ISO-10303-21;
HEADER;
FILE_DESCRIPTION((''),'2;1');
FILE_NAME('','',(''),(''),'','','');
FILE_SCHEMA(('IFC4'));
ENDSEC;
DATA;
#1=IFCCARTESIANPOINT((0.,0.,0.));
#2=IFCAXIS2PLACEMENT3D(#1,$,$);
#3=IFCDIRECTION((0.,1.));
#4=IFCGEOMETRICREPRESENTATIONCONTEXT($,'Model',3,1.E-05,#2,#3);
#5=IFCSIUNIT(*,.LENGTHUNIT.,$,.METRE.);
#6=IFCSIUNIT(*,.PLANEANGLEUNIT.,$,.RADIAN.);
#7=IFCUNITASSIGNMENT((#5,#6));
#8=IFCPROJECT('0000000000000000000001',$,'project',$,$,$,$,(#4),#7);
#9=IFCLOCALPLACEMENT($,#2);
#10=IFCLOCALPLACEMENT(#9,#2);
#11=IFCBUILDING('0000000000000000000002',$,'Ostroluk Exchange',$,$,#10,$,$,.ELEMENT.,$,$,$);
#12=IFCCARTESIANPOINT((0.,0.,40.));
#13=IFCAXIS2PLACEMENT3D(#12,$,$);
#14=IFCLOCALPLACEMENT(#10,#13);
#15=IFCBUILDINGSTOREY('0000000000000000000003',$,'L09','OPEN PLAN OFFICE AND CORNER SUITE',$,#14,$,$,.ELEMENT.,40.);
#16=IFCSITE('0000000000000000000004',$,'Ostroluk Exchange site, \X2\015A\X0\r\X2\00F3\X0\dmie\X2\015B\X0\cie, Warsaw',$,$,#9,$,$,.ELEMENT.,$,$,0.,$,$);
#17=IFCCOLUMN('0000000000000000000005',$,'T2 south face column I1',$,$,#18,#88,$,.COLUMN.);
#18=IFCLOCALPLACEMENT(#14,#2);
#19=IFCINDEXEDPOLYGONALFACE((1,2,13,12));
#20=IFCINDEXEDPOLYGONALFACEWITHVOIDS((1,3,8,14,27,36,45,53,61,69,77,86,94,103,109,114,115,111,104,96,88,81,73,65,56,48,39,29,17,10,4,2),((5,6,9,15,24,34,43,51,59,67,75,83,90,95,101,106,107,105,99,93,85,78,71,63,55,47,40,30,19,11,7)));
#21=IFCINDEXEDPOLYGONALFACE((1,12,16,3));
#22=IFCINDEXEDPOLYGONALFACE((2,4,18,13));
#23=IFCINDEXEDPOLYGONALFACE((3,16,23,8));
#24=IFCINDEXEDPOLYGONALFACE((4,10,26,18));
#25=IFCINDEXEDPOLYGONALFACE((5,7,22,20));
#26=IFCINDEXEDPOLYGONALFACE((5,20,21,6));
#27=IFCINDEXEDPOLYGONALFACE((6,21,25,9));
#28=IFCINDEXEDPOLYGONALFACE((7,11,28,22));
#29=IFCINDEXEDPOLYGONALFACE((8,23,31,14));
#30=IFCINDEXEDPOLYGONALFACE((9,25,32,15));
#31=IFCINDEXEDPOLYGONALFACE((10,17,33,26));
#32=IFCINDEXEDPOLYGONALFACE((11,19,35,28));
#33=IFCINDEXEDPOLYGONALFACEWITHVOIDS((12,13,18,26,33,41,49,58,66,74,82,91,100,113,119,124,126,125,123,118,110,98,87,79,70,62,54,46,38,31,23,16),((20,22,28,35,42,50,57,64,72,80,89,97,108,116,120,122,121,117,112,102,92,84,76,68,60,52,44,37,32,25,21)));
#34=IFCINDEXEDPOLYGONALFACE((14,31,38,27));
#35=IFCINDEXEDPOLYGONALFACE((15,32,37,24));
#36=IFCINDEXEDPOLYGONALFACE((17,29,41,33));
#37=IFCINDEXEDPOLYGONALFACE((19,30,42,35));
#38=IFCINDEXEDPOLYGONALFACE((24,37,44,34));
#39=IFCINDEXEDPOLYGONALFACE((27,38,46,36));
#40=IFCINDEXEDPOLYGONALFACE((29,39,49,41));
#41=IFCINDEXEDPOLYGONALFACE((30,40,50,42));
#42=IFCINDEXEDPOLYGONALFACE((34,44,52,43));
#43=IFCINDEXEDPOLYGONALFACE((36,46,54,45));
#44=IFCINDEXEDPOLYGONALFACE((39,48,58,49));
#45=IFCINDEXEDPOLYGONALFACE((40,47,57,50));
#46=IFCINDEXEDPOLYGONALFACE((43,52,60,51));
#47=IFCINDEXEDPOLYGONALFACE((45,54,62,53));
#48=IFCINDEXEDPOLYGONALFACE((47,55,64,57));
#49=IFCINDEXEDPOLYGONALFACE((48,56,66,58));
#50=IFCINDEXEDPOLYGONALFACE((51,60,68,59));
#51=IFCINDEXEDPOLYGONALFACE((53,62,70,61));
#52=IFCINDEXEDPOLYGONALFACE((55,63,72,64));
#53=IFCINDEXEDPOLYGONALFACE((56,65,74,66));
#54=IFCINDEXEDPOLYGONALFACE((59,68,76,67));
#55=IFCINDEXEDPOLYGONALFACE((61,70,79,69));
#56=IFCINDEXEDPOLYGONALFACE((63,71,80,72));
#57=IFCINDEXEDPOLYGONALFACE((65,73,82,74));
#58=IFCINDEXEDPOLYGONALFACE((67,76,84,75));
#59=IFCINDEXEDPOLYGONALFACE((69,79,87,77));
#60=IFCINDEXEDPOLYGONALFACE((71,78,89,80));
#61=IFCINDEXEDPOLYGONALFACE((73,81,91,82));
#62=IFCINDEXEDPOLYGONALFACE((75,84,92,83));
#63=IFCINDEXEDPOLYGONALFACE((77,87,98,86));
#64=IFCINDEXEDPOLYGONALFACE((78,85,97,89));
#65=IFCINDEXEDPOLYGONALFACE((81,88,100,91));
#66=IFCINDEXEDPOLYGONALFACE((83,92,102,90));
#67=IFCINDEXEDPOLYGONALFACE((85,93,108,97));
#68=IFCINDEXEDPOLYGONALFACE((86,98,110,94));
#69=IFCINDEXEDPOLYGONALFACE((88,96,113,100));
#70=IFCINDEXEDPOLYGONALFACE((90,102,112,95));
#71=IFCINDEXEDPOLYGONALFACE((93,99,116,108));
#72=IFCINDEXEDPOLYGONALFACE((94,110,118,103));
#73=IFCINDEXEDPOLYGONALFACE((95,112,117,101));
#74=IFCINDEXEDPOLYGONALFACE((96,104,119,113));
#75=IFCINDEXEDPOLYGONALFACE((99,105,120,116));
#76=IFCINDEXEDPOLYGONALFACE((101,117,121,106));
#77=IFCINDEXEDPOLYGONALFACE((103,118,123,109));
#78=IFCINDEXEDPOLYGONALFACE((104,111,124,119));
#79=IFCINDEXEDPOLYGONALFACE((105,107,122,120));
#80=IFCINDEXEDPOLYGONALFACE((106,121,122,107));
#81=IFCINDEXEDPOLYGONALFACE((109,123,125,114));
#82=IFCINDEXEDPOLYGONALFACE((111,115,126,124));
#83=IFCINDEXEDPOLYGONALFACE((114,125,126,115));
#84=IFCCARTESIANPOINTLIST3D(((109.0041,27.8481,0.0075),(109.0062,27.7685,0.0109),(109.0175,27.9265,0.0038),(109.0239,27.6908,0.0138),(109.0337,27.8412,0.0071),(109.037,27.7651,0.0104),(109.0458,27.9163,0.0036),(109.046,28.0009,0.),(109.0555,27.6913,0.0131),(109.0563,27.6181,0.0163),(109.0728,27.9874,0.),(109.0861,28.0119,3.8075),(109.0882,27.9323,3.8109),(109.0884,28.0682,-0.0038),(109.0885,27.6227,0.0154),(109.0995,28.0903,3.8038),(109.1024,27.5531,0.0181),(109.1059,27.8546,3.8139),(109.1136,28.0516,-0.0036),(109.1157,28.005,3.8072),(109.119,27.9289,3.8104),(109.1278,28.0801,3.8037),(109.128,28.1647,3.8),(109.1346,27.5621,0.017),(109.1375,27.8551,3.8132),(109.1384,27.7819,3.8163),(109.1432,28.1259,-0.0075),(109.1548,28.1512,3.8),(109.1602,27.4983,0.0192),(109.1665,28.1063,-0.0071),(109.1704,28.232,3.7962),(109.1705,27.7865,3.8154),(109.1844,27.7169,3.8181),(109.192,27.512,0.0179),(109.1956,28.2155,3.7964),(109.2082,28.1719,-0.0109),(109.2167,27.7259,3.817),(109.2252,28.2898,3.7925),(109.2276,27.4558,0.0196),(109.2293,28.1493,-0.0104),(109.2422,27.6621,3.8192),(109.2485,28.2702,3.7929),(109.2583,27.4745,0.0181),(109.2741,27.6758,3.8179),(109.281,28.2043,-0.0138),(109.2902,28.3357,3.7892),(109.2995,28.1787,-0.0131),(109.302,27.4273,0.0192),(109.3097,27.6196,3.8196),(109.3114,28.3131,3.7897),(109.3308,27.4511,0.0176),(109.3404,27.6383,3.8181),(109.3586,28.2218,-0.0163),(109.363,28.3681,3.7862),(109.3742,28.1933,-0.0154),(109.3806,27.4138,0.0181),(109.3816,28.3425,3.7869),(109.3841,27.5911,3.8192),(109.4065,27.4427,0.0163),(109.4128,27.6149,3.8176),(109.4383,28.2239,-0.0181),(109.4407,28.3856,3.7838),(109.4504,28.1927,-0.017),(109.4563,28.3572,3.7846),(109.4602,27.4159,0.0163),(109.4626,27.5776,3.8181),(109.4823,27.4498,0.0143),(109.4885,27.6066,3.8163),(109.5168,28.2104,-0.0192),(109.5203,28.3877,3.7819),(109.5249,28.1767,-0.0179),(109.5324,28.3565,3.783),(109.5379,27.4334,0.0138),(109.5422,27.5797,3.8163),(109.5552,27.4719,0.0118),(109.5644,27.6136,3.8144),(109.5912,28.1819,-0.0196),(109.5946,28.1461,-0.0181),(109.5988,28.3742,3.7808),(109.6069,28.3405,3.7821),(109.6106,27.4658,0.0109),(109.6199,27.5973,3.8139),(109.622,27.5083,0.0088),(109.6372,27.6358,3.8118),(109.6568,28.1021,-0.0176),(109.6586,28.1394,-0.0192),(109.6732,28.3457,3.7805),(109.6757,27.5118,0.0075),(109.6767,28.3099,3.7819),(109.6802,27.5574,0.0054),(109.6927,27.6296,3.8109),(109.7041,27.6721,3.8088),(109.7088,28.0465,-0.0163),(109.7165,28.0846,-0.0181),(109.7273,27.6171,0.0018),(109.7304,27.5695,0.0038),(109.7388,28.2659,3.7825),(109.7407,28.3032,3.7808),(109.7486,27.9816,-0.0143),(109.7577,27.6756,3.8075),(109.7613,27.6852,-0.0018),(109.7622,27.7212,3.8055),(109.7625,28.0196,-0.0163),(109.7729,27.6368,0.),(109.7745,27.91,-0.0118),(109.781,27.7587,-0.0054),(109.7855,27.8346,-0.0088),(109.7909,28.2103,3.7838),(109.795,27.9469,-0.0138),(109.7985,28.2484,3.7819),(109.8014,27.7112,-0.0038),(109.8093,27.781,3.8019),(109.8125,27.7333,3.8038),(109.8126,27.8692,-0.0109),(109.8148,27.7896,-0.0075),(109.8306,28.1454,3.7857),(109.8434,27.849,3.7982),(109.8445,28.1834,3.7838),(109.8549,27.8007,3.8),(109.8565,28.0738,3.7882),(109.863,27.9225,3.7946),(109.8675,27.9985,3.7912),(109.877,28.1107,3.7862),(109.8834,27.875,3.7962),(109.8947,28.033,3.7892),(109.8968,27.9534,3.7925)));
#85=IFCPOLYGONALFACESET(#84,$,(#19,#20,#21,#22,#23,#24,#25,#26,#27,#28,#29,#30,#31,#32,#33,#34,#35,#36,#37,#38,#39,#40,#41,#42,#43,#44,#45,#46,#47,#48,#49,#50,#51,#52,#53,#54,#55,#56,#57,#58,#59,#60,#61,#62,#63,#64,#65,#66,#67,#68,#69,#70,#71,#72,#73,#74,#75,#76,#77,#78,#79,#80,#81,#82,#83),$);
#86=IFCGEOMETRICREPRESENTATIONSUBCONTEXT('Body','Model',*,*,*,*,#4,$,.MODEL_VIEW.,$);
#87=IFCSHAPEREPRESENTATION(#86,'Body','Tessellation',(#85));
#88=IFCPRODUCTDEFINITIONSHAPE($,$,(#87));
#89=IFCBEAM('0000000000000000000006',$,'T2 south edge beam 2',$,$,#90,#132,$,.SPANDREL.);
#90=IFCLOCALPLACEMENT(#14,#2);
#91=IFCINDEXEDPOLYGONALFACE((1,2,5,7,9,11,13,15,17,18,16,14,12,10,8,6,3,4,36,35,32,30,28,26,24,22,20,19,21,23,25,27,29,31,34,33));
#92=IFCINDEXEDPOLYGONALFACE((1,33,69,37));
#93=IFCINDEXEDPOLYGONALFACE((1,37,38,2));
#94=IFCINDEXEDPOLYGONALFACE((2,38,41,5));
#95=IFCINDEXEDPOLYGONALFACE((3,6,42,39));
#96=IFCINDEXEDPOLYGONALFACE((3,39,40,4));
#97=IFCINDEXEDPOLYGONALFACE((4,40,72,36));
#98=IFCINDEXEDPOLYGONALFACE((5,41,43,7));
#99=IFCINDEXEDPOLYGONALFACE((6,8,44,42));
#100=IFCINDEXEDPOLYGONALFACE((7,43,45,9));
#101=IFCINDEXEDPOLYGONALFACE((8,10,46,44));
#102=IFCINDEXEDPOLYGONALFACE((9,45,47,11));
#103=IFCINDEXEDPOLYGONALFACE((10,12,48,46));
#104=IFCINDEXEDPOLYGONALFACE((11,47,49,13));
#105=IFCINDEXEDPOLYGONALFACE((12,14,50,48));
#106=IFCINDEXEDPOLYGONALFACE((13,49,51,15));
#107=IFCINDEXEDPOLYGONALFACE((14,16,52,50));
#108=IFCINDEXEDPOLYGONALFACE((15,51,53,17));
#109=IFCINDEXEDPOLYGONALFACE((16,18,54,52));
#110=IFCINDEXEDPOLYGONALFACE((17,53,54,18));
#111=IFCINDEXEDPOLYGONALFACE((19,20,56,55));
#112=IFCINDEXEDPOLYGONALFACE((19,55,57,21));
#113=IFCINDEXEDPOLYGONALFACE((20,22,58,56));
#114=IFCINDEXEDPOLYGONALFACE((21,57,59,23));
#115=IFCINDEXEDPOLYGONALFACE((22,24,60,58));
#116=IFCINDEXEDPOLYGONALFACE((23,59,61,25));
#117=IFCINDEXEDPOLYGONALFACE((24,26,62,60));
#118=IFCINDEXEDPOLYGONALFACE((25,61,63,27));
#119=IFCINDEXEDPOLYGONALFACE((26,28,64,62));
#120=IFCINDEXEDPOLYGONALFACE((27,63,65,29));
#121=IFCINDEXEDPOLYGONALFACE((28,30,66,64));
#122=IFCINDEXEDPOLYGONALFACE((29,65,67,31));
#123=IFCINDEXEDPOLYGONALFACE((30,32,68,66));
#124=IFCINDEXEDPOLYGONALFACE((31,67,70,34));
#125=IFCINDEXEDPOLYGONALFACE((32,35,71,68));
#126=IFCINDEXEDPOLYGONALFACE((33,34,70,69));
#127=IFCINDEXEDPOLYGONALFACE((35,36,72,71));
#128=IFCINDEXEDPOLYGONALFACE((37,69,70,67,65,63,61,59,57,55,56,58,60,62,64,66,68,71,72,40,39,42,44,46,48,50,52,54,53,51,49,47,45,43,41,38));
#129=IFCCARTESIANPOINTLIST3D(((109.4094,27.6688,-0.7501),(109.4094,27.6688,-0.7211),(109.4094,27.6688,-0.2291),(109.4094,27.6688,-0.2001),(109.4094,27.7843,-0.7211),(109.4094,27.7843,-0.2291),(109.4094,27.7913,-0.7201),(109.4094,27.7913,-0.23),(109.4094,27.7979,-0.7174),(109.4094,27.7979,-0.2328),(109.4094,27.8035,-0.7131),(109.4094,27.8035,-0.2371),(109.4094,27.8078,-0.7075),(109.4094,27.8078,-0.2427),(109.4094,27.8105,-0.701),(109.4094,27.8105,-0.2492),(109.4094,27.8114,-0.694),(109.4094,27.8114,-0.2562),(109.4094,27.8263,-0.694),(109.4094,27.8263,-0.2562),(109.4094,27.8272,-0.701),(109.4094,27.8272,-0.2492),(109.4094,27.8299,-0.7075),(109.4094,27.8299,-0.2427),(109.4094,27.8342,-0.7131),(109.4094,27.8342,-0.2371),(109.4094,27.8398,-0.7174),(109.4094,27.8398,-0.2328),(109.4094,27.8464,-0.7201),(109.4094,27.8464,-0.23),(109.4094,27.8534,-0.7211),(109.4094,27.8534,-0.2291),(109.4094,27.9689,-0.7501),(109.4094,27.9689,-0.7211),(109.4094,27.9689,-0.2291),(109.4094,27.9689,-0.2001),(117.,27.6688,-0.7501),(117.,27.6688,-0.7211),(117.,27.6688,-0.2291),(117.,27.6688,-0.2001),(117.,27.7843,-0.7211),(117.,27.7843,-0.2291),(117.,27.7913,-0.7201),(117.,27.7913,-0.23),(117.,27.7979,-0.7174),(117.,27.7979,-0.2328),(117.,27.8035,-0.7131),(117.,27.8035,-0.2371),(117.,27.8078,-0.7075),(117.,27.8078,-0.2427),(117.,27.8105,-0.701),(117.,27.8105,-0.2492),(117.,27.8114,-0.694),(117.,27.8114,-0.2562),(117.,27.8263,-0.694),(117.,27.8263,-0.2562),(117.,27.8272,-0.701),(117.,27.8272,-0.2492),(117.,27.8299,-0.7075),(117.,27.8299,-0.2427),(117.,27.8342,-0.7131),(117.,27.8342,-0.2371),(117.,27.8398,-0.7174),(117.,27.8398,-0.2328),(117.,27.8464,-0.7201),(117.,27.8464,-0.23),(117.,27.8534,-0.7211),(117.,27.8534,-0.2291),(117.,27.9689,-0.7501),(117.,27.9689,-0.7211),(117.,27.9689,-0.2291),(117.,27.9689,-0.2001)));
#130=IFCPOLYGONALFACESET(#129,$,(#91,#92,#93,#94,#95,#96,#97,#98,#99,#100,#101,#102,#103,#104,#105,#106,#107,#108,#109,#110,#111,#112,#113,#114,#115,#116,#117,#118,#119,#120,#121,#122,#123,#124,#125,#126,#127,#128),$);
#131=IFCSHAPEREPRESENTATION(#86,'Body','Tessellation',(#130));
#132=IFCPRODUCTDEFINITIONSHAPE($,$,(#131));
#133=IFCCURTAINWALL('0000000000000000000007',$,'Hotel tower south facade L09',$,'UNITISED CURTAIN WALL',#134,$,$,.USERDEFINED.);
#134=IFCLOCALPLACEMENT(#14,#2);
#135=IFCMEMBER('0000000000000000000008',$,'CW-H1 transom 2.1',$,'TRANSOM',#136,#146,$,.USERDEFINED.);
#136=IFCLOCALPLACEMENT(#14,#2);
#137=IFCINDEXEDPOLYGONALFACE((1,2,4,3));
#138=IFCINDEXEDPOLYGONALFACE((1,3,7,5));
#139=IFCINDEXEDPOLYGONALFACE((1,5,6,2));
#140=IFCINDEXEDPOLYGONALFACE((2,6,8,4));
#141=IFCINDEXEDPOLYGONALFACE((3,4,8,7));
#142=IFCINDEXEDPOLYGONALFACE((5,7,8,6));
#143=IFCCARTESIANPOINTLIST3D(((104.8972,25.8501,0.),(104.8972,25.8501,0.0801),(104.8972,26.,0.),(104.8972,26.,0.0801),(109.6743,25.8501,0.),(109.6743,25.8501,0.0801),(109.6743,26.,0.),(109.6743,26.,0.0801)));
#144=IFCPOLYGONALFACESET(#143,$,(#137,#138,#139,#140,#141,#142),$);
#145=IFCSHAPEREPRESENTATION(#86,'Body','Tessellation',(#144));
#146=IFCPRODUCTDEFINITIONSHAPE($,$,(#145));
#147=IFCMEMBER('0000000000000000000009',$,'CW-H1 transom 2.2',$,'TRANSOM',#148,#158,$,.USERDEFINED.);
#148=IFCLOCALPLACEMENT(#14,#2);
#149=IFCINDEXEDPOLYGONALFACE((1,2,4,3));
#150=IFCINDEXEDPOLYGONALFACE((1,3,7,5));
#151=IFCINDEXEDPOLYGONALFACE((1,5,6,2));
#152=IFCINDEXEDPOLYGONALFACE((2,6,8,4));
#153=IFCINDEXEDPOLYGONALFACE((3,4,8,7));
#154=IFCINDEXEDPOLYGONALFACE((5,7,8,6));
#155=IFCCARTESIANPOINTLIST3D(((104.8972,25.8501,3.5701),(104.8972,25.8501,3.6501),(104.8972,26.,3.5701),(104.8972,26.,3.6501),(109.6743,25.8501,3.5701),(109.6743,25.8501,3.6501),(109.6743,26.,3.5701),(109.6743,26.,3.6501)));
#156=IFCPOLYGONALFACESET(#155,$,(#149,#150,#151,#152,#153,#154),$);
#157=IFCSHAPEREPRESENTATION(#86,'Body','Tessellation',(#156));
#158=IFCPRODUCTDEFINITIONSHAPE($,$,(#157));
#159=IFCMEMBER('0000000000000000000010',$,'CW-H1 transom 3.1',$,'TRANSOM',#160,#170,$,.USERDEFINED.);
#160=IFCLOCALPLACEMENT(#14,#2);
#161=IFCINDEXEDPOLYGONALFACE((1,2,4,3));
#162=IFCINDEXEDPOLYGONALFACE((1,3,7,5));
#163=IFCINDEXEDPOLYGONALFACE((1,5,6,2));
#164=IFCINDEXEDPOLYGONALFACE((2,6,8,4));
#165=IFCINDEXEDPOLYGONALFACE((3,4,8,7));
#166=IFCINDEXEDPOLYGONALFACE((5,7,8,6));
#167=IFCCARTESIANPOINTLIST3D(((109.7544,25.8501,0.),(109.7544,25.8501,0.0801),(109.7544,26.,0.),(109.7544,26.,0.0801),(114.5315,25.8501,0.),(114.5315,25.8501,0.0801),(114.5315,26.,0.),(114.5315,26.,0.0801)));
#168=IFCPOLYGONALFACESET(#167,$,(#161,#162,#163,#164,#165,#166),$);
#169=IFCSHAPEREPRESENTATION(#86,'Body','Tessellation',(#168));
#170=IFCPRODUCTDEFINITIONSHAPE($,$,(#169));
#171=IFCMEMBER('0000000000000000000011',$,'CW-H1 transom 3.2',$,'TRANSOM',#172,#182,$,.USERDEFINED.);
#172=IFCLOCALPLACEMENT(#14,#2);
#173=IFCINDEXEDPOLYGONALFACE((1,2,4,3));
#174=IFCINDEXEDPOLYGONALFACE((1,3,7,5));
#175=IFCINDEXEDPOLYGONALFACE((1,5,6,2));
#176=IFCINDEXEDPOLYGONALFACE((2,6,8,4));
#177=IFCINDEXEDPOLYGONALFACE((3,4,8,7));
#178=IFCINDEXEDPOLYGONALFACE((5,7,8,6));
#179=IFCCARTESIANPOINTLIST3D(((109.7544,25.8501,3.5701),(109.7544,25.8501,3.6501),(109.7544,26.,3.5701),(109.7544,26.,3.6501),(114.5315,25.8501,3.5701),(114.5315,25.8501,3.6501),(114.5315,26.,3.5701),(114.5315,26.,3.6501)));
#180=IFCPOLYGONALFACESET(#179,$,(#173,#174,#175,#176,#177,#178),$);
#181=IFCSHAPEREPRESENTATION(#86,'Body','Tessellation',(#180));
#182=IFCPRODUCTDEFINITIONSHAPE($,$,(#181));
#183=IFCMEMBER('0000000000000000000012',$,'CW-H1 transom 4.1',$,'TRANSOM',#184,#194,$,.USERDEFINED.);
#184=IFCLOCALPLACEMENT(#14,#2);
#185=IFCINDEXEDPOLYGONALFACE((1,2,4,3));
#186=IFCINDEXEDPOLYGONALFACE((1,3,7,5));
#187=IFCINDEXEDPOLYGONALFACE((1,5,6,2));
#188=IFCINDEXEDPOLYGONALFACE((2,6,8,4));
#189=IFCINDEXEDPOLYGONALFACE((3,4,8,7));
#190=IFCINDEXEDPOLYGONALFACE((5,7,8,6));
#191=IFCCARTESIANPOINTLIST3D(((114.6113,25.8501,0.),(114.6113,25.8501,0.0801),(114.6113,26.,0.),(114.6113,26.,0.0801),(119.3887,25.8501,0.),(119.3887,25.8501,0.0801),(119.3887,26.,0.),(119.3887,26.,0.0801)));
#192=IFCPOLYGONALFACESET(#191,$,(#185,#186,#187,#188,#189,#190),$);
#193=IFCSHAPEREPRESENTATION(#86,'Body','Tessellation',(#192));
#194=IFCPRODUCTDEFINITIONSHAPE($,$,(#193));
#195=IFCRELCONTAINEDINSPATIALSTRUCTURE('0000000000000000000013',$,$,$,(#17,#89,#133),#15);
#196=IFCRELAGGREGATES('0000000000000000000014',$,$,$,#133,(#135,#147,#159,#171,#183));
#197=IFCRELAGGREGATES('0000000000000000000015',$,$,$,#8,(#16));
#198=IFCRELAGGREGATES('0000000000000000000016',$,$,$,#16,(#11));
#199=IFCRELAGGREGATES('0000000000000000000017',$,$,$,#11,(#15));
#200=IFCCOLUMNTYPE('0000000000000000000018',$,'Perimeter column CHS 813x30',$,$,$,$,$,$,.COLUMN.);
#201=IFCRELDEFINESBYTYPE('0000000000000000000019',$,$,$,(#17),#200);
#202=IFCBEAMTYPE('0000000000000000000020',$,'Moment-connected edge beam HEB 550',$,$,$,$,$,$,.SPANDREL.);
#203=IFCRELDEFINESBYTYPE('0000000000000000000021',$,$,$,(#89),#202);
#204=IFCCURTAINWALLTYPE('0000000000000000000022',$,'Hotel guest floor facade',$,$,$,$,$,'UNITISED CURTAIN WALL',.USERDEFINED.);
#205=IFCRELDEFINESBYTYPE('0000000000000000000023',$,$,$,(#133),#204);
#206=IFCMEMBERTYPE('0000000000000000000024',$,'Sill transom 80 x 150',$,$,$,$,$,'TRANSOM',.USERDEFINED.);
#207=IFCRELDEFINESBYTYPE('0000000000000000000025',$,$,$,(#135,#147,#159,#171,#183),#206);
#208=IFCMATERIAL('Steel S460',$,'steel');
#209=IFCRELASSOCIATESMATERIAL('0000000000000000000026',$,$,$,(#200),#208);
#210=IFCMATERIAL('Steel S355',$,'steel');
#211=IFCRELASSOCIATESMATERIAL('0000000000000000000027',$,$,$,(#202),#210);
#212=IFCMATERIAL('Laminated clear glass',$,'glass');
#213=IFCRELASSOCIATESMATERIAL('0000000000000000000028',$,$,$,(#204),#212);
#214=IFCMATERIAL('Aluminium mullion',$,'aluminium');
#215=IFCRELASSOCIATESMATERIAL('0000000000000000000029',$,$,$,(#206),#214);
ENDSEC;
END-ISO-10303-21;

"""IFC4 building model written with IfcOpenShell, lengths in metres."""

from ifc_helpers import new_model, si_unit, direction, frame, origin, origin_2d, place, context, subcontext, project, spatial, rectangle, hollow_circle, i_section, extrude, material, material_profile, profile_set, type_object, element, aggregate, save


model = new_model("IFC4")

# Units and contexts
model_context = context("Model", 3, precision=1e-05, world=origin(), true_north=direction((0.0, 1.0)))
body_context = subcontext(model_context, "Body", "Model", "MODEL_VIEW")
ifc_project = project(units=[si_unit("LENGTHUNIT", "METRE"), si_unit("PLANEANGLEUNIT", "RADIAN")], contexts=[model_context])

# Site, building, storey
site_placement = place(None, origin())
site = spatial("IfcSite", under=ifc_project, at=site_placement, Name="Ostroluk Exchange site, Śródmieście, Warsaw", CompositionType="ELEMENT", RefElevation=0.0)
building_placement = place(site_placement, origin())
building = spatial("IfcBuilding", under=site, at=building_placement, Name="Ostroluk Exchange", CompositionType="ELEMENT")
storey_placement = place(building_placement, frame((0.0, 0.0, 40.0)))
storey = spatial("IfcBuildingStorey", under=building, at=storey_placement, Name="L09", Description="OPEN PLAN OFFICE AND CORNER SUITE", CompositionType="ELEMENT", Elevation=40.0)

# Column
ifc_material_1 = material(Name="Steel S460", Category="steel")
ifc_material_profile_1 = material_profile(ifc_material_1, hollow_circle(Radius=0.4065, WallThickness=0.03, at=origin_2d()), Name="CHS 813x30")
ifc_profile_set_1 = profile_set([ifc_material_profile_1], Name="Steel S460")
column_type = type_object("IfcColumnType", Name="Perimeter column CHS 813x30", PredefinedType="COLUMN", material=ifc_profile_set_1)
column_placement = place(storey_placement, frame((109.4094, 27.8188, 0.0), z_axis=(0.021562, 0.04306, 0.99884), x_axis=(-0.894161, 0.447747, 0.0)))
element("IfcColumn", 1, at=column_placement, inside=storey, type_object=column_type, Name="T2 south face column I1", PredefinedType="COLUMN", context=body_context, shape_type="SweptSolid", body=[
    extrude(hollow_circle(Radius=0.4065, WallThickness=0.03, at=origin_2d()), origin(), (0.0, 0.0, 1.0), 3.8044),
])

# Beam
ifc_material_2 = material(Name="Steel S355", Category="steel")
ifc_material_profile_2 = material_profile(ifc_material_2, i_section(OverallWidth=0.3, OverallDepth=0.55, WebThickness=0.0149, FlangeThickness=0.0291, FilletRadius=0.0271, at=origin_2d()), Name="HEB 550")
ifc_profile_set_2 = profile_set([ifc_material_profile_2], Name="Steel S355")
beam_type = type_object("IfcBeamType", Name="Moment-connected edge beam HEB 550", PredefinedType="SPANDREL", material=ifc_profile_set_2)
beam_placement = place(storey_placement, frame((109.4094, 27.8188, -0.4751), z_axis=(1.0, 0.0, 0.0), x_axis=(0.0, 1.0, 0.0)))
element("IfcBeam", 2, at=beam_placement, inside=storey, type_object=beam_type, Name="T2 south edge beam 2", PredefinedType="SPANDREL", context=body_context, shape_type="SweptSolid", body=[
    extrude(i_section(OverallWidth=0.3, OverallDepth=0.55, WebThickness=0.0149, FlangeThickness=0.0291, FilletRadius=0.0271, at=origin_2d()), origin(), (0.0, 0.0, 1.0), 7.5906),
])

# Curtain wall, members
ifc_material_3 = material(Name="Laminated clear glass", Category="glass")
curtain_wall_type = type_object("IfcCurtainWallType", Name="Hotel guest floor facade", ElementType="UNITISED CURTAIN WALL", PredefinedType="USERDEFINED", material=ifc_material_3)
curtain_wall_placement = place(storey_placement, origin())
curtain_wall = element("IfcCurtainWall", 3, at=curtain_wall_placement, inside=storey, type_object=curtain_wall_type, Name="Hotel tower south facade L09", ObjectType="UNITISED CURTAIN WALL", PredefinedType="USERDEFINED")
ifc_material_4 = material(Name="Aluminium mullion", Category="aluminium")
ifc_material_profile_3 = material_profile(ifc_material_4, rectangle(XDim=0.1499, YDim=0.0801, at=origin_2d()), Name="Sill transom 80 x 150")
ifc_profile_set_3 = profile_set([ifc_material_profile_3], Name="Aluminium mullion")
member_type_1 = type_object("IfcMemberType", Name="Sill transom 80 x 150", ElementType="TRANSOM", PredefinedType="USERDEFINED", material=ifc_profile_set_3)
member_1_placement = place(storey_placement, frame((104.8972, 25.925, 0.04), z_axis=(1.0, 0.0, 0.0), x_axis=(0.0, 1.0, 0.0)))
member_1 = element("IfcMember", 4, at=member_1_placement, type_object=member_type_1, Name="CW-H1 transom 2.1", ObjectType="TRANSOM", PredefinedType="USERDEFINED", context=body_context, shape_type="SweptSolid", body=[
    extrude(rectangle(XDim=0.1499, YDim=0.0801, at=origin_2d()), origin(), (0.0, 0.0, 1.0), 4.7771),
])
member_2_placement = place(storey_placement, frame((104.8972, 25.925, 3.6101), z_axis=(1.0, 0.0, 0.0), x_axis=(0.0, 1.0, 0.0)))
member_2 = element("IfcMember", 5, at=member_2_placement, type_object=member_type_1, Name="CW-H1 transom 2.2", ObjectType="TRANSOM", PredefinedType="USERDEFINED", context=body_context, shape_type="SweptSolid", body=[
    extrude(rectangle(XDim=0.1499, YDim=0.0801, at=origin_2d()), origin(), (0.0, 0.0, 1.0), 4.7771),
])
member_3_placement = place(storey_placement, frame((109.7544, 25.925, 0.04), z_axis=(1.0, 0.0, 0.0), x_axis=(0.0, 1.0, 0.0)))
member_3 = element("IfcMember", 6, at=member_3_placement, type_object=member_type_1, Name="CW-H1 transom 3.1", ObjectType="TRANSOM", PredefinedType="USERDEFINED", context=body_context, shape_type="SweptSolid", body=[
    extrude(rectangle(XDim=0.1499, YDim=0.0801, at=origin_2d()), origin(), (0.0, 0.0, 1.0), 4.7771),
])
member_4_placement = place(storey_placement, frame((109.7544, 25.925, 3.6101), z_axis=(1.0, 0.0, 0.0), x_axis=(0.0, 1.0, 0.0)))
member_4 = element("IfcMember", 7, at=member_4_placement, type_object=member_type_1, Name="CW-H1 transom 3.2", ObjectType="TRANSOM", PredefinedType="USERDEFINED", context=body_context, shape_type="SweptSolid", body=[
    extrude(rectangle(XDim=0.1499, YDim=0.0801, at=origin_2d()), origin(), (0.0, 0.0, 1.0), 4.7771),
])
member_5_placement = place(storey_placement, frame((114.6113, 25.925, 0.04), z_axis=(1.0, 0.0, 0.0), x_axis=(0.0, 1.0, 0.0)))
member_5 = element("IfcMember", 8, at=member_5_placement, type_object=member_type_1, Name="CW-H1 transom 4.1", ObjectType="TRANSOM", PredefinedType="USERDEFINED", context=body_context, shape_type="SweptSolid", body=[
    extrude(rectangle(XDim=0.1499, YDim=0.0801, at=origin_2d()), origin(), (0.0, 0.0, 1.0), 4.7773),
])
aggregate(curtain_wall, [member_1, member_2, member_3, member_4, member_5])

save(model, "model.ifc")
